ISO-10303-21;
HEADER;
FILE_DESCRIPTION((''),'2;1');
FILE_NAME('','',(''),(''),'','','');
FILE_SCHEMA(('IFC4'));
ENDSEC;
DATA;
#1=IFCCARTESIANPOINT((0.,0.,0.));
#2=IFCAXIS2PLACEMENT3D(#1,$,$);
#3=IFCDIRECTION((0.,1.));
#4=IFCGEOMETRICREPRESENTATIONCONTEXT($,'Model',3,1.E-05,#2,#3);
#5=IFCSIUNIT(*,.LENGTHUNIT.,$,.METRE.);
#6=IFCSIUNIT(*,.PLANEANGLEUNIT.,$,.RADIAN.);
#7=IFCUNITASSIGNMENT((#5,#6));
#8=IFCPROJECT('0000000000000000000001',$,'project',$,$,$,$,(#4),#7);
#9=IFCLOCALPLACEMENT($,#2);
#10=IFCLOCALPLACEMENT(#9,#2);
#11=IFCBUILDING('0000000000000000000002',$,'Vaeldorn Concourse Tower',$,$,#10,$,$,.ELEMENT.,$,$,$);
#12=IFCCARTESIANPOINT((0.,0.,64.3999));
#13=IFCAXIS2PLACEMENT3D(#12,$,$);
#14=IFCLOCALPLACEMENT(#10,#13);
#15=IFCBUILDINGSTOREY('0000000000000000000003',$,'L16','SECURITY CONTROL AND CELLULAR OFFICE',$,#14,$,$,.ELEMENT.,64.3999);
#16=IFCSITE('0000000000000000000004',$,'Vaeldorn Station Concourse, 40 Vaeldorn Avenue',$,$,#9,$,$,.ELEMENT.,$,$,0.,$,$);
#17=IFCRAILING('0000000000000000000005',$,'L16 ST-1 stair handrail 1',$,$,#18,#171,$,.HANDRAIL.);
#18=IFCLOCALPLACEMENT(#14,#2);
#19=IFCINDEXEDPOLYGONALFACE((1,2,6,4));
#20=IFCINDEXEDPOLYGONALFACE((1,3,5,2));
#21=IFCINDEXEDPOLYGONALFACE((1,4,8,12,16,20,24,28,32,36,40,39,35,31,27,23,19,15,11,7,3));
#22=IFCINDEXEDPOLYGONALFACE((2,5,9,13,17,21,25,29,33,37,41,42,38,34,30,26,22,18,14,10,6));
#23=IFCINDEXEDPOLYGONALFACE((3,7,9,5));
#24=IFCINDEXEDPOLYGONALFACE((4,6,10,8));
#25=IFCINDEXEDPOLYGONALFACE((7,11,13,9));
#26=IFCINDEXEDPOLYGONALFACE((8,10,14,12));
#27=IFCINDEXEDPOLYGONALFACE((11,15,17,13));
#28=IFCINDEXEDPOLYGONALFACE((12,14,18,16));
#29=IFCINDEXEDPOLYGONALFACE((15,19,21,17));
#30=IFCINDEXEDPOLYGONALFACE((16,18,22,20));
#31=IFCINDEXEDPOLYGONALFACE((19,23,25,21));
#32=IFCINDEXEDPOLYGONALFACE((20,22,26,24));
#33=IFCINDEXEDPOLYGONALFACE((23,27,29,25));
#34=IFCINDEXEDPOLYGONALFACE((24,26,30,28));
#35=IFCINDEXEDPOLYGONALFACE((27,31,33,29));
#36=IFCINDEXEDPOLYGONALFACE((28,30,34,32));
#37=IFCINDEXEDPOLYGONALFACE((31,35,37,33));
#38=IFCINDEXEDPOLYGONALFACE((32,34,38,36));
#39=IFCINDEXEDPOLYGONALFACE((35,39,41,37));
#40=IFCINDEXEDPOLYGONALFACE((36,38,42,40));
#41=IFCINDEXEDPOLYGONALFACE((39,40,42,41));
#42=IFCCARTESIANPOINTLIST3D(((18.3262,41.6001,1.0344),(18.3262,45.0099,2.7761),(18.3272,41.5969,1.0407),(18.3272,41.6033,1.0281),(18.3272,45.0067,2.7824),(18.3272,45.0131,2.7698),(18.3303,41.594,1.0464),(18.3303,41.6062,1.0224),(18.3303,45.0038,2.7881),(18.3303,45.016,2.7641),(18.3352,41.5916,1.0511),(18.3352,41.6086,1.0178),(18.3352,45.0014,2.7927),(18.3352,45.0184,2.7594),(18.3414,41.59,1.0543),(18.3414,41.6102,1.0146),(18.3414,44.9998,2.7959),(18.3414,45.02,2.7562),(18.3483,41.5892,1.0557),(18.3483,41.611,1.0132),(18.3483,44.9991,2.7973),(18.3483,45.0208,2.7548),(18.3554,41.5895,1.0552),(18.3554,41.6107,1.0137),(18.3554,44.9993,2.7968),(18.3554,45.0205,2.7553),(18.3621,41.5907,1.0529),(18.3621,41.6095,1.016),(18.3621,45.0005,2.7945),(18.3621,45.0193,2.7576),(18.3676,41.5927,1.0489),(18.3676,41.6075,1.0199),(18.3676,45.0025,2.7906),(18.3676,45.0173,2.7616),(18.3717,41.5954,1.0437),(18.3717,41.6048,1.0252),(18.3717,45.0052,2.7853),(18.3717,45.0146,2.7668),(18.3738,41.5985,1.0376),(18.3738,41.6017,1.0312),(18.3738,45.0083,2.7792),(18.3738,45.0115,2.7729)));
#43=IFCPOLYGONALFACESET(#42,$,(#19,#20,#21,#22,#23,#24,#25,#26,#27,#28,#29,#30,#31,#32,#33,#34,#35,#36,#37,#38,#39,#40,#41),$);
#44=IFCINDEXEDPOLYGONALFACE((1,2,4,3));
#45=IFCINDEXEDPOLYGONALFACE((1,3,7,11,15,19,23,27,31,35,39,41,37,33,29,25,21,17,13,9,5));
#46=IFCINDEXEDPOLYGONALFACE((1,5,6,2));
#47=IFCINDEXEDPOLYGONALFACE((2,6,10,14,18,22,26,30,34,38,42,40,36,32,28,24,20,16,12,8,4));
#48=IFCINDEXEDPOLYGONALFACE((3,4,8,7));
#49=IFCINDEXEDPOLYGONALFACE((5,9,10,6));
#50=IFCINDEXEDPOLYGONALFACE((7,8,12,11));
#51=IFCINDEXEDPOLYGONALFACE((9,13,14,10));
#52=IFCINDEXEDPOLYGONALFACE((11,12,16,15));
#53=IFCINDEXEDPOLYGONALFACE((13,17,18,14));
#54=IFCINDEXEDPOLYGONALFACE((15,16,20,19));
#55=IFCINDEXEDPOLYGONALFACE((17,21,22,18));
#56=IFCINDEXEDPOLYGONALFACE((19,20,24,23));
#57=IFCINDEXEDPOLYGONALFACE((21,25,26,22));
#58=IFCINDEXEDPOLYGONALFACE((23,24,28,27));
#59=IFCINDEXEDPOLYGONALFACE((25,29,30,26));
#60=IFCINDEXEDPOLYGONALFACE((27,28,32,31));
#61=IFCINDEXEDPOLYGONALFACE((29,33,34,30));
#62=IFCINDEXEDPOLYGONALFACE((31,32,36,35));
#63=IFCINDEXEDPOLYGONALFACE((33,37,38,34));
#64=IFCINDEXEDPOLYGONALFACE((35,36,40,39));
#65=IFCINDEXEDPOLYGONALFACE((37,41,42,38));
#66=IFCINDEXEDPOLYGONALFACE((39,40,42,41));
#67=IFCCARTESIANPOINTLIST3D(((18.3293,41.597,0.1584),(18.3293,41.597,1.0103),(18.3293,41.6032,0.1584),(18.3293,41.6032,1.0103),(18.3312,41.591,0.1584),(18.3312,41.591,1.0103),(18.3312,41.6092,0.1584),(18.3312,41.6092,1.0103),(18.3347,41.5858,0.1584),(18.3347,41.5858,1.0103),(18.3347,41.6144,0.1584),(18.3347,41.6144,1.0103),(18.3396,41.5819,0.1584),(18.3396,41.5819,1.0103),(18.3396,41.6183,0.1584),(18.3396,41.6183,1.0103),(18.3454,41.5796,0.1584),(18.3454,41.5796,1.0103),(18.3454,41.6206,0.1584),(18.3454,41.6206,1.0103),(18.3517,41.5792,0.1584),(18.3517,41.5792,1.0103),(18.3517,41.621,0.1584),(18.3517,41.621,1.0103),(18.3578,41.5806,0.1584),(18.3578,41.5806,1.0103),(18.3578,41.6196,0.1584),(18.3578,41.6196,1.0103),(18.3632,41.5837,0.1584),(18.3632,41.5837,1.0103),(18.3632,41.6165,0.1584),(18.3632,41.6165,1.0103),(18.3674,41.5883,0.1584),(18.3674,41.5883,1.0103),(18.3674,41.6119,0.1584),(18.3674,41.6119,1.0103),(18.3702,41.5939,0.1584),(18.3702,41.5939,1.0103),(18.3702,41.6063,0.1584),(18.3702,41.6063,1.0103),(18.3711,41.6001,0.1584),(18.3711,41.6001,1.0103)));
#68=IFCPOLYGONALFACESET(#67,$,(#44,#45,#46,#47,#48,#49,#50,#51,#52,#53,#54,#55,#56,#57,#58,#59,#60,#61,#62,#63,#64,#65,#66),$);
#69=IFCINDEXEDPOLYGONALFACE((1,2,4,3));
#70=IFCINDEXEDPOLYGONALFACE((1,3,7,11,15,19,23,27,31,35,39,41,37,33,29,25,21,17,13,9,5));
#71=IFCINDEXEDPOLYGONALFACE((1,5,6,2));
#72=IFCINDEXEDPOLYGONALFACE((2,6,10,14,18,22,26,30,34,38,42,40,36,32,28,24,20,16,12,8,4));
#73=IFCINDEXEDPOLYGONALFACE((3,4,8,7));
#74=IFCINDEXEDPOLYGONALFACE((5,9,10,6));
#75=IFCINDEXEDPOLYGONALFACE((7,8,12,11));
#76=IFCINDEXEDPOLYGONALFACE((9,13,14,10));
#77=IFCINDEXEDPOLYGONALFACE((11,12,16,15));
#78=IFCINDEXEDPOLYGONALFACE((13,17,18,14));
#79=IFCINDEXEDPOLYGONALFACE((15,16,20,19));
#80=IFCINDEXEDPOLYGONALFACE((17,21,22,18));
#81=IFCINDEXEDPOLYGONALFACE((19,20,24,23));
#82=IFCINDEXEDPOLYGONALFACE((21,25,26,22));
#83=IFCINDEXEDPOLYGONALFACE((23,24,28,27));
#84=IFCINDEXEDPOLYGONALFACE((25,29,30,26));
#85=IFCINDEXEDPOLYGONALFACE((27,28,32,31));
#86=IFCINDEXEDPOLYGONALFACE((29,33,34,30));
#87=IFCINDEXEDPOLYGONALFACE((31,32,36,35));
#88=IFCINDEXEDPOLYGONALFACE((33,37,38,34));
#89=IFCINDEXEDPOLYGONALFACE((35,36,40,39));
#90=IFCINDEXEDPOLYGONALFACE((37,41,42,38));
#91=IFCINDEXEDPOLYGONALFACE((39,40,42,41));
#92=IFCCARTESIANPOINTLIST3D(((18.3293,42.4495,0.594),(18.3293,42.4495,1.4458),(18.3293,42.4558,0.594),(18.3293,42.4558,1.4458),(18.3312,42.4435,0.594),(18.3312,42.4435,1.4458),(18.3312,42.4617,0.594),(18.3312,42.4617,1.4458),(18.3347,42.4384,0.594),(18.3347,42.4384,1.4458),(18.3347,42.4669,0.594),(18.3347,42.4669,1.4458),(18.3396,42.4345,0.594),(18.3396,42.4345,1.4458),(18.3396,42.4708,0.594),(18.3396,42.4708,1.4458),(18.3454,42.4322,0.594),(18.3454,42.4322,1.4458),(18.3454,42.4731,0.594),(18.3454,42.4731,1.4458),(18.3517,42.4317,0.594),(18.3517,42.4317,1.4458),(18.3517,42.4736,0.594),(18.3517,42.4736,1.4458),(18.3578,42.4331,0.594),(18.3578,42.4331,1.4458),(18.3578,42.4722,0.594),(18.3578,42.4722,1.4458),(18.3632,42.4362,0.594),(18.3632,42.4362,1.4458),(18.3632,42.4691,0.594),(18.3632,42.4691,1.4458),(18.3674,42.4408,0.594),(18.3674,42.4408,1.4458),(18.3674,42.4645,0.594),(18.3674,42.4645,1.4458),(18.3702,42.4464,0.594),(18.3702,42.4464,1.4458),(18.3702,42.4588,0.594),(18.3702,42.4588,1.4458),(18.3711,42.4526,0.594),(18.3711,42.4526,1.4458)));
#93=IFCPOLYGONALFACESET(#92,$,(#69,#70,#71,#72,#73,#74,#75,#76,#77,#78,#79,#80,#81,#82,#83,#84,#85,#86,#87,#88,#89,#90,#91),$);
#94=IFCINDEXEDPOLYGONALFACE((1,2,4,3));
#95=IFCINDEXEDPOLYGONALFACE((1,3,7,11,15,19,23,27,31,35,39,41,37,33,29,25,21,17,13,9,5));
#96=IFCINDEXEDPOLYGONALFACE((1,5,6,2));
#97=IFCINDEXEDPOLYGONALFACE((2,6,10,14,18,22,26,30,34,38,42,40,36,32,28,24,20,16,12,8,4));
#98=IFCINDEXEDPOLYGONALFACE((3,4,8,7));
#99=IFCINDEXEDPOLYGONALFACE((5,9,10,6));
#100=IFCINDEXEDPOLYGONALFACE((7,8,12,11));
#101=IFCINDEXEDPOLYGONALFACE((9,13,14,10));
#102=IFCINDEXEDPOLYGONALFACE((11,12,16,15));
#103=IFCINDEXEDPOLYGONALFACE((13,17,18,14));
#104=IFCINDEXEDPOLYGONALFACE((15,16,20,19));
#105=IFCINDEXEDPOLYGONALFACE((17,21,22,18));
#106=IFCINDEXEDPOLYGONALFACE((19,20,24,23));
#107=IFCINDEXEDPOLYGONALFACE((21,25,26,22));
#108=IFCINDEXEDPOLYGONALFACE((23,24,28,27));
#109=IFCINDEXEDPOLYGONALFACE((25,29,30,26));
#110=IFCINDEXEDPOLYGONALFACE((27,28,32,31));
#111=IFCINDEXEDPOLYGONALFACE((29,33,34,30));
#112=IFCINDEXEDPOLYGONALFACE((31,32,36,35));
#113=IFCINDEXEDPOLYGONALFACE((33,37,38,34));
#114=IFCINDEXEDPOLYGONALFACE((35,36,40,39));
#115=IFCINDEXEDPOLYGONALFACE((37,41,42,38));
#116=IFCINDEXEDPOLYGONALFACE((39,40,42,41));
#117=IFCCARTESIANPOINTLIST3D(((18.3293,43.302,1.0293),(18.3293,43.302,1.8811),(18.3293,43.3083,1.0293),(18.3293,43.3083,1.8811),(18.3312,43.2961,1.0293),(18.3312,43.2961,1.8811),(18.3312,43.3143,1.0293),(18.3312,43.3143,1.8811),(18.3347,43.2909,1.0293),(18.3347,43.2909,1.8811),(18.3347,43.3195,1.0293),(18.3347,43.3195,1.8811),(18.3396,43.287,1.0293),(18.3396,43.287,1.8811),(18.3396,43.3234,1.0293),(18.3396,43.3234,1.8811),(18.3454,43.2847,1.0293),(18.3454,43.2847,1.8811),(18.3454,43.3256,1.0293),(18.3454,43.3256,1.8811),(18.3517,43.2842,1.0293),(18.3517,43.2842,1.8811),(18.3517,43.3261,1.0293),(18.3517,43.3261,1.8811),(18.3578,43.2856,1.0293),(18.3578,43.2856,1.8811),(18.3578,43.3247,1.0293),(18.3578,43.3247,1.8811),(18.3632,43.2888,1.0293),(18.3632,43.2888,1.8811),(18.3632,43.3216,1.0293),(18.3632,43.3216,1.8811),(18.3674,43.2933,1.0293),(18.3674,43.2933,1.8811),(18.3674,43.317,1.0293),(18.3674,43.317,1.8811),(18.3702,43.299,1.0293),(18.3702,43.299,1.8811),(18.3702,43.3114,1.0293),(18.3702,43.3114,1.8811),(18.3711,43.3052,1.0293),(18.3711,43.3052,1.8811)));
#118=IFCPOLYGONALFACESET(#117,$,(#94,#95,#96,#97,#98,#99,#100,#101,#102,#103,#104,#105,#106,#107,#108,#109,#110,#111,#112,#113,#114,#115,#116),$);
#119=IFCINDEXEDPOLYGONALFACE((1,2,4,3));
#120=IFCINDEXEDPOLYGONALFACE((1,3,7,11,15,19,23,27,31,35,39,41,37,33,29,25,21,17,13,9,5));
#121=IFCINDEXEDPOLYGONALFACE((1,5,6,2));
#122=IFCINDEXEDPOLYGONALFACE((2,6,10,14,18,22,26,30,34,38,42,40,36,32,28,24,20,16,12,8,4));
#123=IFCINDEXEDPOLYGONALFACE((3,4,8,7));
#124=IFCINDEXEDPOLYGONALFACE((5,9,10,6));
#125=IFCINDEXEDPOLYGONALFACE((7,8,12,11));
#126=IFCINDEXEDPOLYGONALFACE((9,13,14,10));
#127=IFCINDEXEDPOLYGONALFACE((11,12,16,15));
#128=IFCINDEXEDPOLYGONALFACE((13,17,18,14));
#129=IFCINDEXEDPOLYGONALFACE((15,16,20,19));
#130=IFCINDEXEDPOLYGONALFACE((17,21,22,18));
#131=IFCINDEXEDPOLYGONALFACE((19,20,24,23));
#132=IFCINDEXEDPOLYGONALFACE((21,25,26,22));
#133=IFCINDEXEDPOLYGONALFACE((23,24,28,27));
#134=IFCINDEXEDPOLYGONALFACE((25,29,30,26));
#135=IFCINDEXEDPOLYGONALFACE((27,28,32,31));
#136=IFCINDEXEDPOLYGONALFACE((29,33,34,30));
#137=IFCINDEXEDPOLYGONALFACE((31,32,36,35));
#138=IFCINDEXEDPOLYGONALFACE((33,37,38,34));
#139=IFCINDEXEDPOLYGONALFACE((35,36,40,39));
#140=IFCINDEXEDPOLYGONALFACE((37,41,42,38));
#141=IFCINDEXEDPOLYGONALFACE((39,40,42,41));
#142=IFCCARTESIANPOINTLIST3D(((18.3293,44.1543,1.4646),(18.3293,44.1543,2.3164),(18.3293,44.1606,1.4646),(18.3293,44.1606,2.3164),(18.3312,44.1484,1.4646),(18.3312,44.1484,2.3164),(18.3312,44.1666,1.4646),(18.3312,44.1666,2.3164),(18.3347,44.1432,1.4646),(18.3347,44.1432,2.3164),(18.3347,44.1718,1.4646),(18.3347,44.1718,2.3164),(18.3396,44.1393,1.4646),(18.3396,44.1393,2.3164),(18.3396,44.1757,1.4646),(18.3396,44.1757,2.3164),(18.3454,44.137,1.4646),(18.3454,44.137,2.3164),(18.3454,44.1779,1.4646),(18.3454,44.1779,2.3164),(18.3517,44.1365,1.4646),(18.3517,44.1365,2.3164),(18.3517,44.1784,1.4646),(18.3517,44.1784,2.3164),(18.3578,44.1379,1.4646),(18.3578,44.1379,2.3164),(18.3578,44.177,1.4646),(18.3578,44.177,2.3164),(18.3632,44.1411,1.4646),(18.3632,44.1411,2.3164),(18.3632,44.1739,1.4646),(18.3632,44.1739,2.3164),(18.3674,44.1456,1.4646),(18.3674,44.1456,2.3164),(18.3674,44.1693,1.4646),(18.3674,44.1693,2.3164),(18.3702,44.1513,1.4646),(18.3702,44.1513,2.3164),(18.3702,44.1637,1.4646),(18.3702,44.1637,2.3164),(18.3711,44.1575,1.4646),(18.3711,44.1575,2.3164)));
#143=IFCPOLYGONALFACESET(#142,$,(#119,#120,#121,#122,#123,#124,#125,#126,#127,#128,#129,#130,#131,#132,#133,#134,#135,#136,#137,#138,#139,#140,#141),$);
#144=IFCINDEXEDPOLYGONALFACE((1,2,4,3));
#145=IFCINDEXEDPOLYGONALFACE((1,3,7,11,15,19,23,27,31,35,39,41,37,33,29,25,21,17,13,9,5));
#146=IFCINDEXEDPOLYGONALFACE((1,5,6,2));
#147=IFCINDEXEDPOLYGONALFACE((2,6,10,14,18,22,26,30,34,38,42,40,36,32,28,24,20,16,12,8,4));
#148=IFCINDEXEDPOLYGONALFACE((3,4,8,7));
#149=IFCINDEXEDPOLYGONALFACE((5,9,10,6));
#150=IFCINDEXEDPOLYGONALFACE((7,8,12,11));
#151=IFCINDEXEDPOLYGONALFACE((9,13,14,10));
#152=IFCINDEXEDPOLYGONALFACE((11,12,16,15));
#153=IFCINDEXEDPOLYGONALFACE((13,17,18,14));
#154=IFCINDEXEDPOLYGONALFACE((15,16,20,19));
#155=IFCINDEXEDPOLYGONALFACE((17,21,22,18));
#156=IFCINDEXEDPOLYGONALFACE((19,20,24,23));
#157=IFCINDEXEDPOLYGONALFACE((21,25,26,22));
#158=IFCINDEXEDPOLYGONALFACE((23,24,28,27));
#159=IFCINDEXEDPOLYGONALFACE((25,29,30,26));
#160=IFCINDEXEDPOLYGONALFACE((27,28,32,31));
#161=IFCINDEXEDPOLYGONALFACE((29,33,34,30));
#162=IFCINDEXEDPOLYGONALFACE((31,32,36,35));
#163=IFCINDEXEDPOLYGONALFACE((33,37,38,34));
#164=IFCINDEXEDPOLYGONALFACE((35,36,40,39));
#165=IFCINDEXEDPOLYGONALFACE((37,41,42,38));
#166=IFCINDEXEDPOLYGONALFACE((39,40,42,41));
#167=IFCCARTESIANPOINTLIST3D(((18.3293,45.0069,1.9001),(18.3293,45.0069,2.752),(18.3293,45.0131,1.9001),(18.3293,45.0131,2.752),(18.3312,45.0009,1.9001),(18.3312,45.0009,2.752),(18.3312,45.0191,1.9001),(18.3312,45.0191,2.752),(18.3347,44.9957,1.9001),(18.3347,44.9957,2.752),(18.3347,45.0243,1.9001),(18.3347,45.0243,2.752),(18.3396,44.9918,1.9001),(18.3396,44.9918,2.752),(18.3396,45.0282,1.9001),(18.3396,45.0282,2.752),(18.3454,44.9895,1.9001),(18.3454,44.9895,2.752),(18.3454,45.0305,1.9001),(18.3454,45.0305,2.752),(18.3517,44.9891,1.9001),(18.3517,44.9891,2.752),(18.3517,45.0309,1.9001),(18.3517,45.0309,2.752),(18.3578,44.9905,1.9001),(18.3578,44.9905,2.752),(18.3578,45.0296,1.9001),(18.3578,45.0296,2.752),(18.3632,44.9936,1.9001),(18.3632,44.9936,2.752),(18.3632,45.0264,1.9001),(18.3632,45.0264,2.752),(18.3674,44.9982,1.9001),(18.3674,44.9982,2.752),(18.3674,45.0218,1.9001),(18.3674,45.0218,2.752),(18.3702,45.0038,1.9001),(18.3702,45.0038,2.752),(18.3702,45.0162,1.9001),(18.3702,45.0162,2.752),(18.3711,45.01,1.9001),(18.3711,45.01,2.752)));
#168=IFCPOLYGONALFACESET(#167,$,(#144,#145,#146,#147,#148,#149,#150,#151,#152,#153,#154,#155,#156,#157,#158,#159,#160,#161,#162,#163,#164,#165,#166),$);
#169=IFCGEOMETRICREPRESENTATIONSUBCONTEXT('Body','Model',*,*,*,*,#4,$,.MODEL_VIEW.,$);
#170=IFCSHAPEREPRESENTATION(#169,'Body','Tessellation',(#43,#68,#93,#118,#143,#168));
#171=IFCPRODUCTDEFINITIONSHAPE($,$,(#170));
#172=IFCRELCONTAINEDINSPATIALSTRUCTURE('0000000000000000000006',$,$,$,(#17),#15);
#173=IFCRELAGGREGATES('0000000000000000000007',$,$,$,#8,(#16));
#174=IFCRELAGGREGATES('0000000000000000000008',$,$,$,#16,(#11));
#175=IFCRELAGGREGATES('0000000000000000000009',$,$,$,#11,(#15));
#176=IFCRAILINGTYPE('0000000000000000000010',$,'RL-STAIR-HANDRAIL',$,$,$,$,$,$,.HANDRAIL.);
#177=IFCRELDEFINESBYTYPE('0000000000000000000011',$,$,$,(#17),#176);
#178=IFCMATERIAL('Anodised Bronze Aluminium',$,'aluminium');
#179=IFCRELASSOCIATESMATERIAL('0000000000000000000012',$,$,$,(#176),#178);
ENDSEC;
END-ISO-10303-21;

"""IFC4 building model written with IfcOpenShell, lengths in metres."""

from ifc_helpers import new_model, si_unit, direction, frame, origin, origin_2d, place, context, subcontext, project, spatial, circle, extrude, material, type_object, element, save


model = new_model("IFC4")

# Units and contexts
model_context = context("Model", 3, precision=1e-05, world=origin(), true_north=direction((0.0, 1.0)))
body_context = subcontext(model_context, "Body", "Model", "MODEL_VIEW")
ifc_project = project(units=[si_unit("LENGTHUNIT", "METRE"), si_unit("PLANEANGLEUNIT", "RADIAN")], contexts=[model_context])

# Site, building, storey
site_placement = place(None, origin())
site = spatial("IfcSite", under=ifc_project, at=site_placement, Name="Vaeldorn Station Concourse, 40 Vaeldorn Avenue", CompositionType="ELEMENT", RefElevation=0.0)
building_placement = place(site_placement, origin())
building = spatial("IfcBuilding", under=site, at=building_placement, Name="Vaeldorn Concourse Tower", CompositionType="ELEMENT")
storey_placement = place(building_placement, frame((0.0, 0.0, 64.3999)))
storey = spatial("IfcBuildingStorey", under=building, at=storey_placement, Name="L16", Description="SECURITY CONTROL AND CELLULAR OFFICE", CompositionType="ELEMENT", Elevation=64.3999)

# Shared definitions
ifc_material_1 = material(Name="Anodised Bronze Aluminium", Category="aluminium")

# Railing
railing_type_1 = type_object("IfcRailingType", Name="RL-STAIR-HANDRAIL", PredefinedType="HANDRAIL", material=ifc_material_1)
railing_1_placement = place(storey_placement, frame((18.3501, 41.6001, 0.1584)))
element("IfcRailing", 1, at=railing_1_placement, inside=storey, type_object=railing_type_1, Name="L16 ST-1 stair handrail 1", PredefinedType="HANDRAIL", context=body_context, shape_type="SweptSolid", body=[
    extrude(circle(Radius=0.0239, at=origin_2d()), frame((0.0, 0.0, 0.876), z_axis=(0.0, 0.890556, 0.454874), x_axis=(-1.0, 0.0, 0.0)), (0.0, 0.0, 1.0), 3.8289),
    extrude(circle(Radius=0.021, at=origin_2d()), origin(), (0.0, 0.0, 1.0), 0.8518),
    extrude(circle(Radius=0.021, at=origin_2d()), frame((0.0, 0.8525, 0.4355)), (0.0, 0.0, 1.0), 0.8518),
    extrude(circle(Radius=0.021, at=origin_2d()), frame((0.0, 1.7051, 0.8708)), (0.0, 0.0, 1.0), 0.8518),
    extrude(circle(Radius=0.021, at=origin_2d()), frame((0.0, 2.5574, 1.3062)), (0.0, 0.0, 1.0), 0.8518),
    extrude(circle(Radius=0.021, at=origin_2d()), frame((0.0, 3.4099, 1.7417)), (0.0, 0.0, 1.0), 0.8518),
])

save(model, "model.ifc")
